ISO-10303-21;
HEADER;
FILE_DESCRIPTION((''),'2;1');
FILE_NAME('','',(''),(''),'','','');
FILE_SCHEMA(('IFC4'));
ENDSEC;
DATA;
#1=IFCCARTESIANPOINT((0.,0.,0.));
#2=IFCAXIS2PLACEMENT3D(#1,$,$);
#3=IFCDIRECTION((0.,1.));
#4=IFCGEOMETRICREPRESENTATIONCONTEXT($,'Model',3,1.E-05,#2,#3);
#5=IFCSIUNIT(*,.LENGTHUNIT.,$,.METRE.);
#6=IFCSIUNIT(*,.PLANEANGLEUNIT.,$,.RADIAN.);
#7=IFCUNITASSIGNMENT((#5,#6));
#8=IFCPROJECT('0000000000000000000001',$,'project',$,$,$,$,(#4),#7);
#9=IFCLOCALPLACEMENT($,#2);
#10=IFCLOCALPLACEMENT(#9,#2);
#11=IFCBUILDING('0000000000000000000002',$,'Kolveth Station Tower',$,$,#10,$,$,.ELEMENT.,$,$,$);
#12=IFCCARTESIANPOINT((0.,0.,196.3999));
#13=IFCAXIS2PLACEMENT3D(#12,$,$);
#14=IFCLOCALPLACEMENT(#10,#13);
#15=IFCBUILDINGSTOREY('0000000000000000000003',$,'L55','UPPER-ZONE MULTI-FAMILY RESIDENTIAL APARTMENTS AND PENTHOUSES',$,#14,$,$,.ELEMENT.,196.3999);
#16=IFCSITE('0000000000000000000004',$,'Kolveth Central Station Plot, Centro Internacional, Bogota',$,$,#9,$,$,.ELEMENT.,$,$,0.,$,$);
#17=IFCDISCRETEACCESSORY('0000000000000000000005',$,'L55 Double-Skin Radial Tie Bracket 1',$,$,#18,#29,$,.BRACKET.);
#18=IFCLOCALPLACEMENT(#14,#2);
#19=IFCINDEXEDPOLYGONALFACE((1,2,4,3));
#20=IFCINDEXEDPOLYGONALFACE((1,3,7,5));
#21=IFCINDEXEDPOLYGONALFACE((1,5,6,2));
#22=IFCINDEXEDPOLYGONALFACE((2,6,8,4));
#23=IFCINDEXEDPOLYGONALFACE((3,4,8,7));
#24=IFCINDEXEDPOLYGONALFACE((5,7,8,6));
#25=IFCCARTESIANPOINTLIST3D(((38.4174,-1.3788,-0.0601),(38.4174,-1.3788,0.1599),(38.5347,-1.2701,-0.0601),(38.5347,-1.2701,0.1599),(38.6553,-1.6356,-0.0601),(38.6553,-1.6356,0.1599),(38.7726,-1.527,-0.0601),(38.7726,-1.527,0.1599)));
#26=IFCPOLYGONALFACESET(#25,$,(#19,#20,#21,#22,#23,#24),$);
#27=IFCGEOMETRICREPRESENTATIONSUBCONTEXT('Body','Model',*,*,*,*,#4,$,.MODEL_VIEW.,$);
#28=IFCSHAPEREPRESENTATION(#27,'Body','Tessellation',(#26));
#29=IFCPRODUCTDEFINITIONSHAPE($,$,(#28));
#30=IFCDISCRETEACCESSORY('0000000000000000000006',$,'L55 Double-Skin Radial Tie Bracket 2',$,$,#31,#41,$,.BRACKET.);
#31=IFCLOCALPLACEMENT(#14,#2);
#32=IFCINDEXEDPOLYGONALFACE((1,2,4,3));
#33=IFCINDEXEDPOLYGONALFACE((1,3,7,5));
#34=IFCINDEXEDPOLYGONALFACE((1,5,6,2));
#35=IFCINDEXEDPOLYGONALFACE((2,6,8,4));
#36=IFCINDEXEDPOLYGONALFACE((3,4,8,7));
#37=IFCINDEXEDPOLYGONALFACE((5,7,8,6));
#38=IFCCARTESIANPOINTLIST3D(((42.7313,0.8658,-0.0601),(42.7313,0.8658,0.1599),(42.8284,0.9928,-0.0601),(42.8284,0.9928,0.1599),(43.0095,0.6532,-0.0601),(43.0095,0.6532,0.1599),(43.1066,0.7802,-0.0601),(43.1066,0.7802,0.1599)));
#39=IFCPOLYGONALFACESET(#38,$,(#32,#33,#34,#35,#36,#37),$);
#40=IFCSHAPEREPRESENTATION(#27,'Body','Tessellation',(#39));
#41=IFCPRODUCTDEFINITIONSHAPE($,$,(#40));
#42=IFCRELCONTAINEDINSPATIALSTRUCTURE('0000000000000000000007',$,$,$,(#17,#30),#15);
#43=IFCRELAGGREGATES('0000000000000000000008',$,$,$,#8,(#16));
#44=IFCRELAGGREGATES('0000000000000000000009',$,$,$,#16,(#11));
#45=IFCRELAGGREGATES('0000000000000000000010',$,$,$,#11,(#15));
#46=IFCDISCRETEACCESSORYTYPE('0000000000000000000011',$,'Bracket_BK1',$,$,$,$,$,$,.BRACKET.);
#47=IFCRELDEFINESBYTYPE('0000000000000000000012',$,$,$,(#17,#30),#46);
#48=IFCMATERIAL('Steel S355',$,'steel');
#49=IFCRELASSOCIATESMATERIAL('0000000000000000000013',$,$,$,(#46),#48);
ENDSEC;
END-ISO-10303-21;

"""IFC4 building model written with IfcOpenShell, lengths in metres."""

from ifc_helpers import new_model, si_unit, direction, frame, origin, origin_2d, place, context, subcontext, project, spatial, rectangle, extrude, source, transform, mapped, material, type_object, element, save


model = new_model("IFC4")

# Units and contexts
model_context = context("Model", 3, precision=1e-05, world=origin(), true_north=direction((0.0, 1.0)))
body_context = subcontext(model_context, "Body", "Model", "MODEL_VIEW")
ifc_project = project(units=[si_unit("LENGTHUNIT", "METRE"), si_unit("PLANEANGLEUNIT", "RADIAN")], contexts=[model_context])

# Site, building, storey
site_placement = place(None, origin())
site = spatial("IfcSite", under=ifc_project, at=site_placement, Name="Kolveth Central Station Plot, Centro Internacional, Bogota", CompositionType="ELEMENT", RefElevation=0.0)
building_placement = place(site_placement, origin())
building = spatial("IfcBuilding", under=site, at=building_placement, Name="Kolveth Station Tower", CompositionType="ELEMENT")
storey_placement = place(building_placement, frame((0.0, 0.0, 196.3999)))
storey = spatial("IfcBuildingStorey", under=building, at=storey_placement, Name="L55", Description="UPPER-ZONE MULTI-FAMILY RESIDENTIAL APARTMENTS AND PENTHOUSES", CompositionType="ELEMENT", Elevation=196.3999)

# Discrete accessories
ifc_material_1 = material(Name="Steel S355", Category="steel")
discrete_accessory_type = type_object("IfcDiscreteAccessoryType", Name="Bracket_BK1", PredefinedType="BRACKET", material=ifc_material_1)
shared_shape_1 = source(origin(), body_context, "Body", "SweptSolid", [
    extrude(rectangle(XDim=0.3501, YDim=0.1599, at=origin_2d()), origin(), (0.0, 0.0, 1.0), 0.22),
])
for number, where, z_axis, x_axis, name in (
    (1, (38.595, -1.4529, -0.0601), (0.0, 0.0, 1.0), (0.679569, -0.733611, 0.0), "L55 Double-Skin Radial Tie Bracket 1"),
    (2, (42.9189, 0.823, -0.0601), (0.0, 0.0, 1.0), (0.794521, -0.607237, 0.0), "L55 Double-Skin Radial Tie Bracket 2"),
):
    element("IfcDiscreteAccessory", number, at=place(storey_placement, frame(where, z_axis=z_axis, x_axis=x_axis)), inside=storey, type_object=discrete_accessory_type, Name=name, PredefinedType="BRACKET", context=body_context, shape_type="MappedRepresentation", body=[
        mapped(shared_shape_1, transform((0.0, 0.0, 0.0), x_axis=(1.0, 0.0, 0.0), y_axis=(0.0, 1.0, 0.0), z_axis=(0.0, 0.0, 1.0), scale=1.0)),
    ])

save(model, "model.ifc")
